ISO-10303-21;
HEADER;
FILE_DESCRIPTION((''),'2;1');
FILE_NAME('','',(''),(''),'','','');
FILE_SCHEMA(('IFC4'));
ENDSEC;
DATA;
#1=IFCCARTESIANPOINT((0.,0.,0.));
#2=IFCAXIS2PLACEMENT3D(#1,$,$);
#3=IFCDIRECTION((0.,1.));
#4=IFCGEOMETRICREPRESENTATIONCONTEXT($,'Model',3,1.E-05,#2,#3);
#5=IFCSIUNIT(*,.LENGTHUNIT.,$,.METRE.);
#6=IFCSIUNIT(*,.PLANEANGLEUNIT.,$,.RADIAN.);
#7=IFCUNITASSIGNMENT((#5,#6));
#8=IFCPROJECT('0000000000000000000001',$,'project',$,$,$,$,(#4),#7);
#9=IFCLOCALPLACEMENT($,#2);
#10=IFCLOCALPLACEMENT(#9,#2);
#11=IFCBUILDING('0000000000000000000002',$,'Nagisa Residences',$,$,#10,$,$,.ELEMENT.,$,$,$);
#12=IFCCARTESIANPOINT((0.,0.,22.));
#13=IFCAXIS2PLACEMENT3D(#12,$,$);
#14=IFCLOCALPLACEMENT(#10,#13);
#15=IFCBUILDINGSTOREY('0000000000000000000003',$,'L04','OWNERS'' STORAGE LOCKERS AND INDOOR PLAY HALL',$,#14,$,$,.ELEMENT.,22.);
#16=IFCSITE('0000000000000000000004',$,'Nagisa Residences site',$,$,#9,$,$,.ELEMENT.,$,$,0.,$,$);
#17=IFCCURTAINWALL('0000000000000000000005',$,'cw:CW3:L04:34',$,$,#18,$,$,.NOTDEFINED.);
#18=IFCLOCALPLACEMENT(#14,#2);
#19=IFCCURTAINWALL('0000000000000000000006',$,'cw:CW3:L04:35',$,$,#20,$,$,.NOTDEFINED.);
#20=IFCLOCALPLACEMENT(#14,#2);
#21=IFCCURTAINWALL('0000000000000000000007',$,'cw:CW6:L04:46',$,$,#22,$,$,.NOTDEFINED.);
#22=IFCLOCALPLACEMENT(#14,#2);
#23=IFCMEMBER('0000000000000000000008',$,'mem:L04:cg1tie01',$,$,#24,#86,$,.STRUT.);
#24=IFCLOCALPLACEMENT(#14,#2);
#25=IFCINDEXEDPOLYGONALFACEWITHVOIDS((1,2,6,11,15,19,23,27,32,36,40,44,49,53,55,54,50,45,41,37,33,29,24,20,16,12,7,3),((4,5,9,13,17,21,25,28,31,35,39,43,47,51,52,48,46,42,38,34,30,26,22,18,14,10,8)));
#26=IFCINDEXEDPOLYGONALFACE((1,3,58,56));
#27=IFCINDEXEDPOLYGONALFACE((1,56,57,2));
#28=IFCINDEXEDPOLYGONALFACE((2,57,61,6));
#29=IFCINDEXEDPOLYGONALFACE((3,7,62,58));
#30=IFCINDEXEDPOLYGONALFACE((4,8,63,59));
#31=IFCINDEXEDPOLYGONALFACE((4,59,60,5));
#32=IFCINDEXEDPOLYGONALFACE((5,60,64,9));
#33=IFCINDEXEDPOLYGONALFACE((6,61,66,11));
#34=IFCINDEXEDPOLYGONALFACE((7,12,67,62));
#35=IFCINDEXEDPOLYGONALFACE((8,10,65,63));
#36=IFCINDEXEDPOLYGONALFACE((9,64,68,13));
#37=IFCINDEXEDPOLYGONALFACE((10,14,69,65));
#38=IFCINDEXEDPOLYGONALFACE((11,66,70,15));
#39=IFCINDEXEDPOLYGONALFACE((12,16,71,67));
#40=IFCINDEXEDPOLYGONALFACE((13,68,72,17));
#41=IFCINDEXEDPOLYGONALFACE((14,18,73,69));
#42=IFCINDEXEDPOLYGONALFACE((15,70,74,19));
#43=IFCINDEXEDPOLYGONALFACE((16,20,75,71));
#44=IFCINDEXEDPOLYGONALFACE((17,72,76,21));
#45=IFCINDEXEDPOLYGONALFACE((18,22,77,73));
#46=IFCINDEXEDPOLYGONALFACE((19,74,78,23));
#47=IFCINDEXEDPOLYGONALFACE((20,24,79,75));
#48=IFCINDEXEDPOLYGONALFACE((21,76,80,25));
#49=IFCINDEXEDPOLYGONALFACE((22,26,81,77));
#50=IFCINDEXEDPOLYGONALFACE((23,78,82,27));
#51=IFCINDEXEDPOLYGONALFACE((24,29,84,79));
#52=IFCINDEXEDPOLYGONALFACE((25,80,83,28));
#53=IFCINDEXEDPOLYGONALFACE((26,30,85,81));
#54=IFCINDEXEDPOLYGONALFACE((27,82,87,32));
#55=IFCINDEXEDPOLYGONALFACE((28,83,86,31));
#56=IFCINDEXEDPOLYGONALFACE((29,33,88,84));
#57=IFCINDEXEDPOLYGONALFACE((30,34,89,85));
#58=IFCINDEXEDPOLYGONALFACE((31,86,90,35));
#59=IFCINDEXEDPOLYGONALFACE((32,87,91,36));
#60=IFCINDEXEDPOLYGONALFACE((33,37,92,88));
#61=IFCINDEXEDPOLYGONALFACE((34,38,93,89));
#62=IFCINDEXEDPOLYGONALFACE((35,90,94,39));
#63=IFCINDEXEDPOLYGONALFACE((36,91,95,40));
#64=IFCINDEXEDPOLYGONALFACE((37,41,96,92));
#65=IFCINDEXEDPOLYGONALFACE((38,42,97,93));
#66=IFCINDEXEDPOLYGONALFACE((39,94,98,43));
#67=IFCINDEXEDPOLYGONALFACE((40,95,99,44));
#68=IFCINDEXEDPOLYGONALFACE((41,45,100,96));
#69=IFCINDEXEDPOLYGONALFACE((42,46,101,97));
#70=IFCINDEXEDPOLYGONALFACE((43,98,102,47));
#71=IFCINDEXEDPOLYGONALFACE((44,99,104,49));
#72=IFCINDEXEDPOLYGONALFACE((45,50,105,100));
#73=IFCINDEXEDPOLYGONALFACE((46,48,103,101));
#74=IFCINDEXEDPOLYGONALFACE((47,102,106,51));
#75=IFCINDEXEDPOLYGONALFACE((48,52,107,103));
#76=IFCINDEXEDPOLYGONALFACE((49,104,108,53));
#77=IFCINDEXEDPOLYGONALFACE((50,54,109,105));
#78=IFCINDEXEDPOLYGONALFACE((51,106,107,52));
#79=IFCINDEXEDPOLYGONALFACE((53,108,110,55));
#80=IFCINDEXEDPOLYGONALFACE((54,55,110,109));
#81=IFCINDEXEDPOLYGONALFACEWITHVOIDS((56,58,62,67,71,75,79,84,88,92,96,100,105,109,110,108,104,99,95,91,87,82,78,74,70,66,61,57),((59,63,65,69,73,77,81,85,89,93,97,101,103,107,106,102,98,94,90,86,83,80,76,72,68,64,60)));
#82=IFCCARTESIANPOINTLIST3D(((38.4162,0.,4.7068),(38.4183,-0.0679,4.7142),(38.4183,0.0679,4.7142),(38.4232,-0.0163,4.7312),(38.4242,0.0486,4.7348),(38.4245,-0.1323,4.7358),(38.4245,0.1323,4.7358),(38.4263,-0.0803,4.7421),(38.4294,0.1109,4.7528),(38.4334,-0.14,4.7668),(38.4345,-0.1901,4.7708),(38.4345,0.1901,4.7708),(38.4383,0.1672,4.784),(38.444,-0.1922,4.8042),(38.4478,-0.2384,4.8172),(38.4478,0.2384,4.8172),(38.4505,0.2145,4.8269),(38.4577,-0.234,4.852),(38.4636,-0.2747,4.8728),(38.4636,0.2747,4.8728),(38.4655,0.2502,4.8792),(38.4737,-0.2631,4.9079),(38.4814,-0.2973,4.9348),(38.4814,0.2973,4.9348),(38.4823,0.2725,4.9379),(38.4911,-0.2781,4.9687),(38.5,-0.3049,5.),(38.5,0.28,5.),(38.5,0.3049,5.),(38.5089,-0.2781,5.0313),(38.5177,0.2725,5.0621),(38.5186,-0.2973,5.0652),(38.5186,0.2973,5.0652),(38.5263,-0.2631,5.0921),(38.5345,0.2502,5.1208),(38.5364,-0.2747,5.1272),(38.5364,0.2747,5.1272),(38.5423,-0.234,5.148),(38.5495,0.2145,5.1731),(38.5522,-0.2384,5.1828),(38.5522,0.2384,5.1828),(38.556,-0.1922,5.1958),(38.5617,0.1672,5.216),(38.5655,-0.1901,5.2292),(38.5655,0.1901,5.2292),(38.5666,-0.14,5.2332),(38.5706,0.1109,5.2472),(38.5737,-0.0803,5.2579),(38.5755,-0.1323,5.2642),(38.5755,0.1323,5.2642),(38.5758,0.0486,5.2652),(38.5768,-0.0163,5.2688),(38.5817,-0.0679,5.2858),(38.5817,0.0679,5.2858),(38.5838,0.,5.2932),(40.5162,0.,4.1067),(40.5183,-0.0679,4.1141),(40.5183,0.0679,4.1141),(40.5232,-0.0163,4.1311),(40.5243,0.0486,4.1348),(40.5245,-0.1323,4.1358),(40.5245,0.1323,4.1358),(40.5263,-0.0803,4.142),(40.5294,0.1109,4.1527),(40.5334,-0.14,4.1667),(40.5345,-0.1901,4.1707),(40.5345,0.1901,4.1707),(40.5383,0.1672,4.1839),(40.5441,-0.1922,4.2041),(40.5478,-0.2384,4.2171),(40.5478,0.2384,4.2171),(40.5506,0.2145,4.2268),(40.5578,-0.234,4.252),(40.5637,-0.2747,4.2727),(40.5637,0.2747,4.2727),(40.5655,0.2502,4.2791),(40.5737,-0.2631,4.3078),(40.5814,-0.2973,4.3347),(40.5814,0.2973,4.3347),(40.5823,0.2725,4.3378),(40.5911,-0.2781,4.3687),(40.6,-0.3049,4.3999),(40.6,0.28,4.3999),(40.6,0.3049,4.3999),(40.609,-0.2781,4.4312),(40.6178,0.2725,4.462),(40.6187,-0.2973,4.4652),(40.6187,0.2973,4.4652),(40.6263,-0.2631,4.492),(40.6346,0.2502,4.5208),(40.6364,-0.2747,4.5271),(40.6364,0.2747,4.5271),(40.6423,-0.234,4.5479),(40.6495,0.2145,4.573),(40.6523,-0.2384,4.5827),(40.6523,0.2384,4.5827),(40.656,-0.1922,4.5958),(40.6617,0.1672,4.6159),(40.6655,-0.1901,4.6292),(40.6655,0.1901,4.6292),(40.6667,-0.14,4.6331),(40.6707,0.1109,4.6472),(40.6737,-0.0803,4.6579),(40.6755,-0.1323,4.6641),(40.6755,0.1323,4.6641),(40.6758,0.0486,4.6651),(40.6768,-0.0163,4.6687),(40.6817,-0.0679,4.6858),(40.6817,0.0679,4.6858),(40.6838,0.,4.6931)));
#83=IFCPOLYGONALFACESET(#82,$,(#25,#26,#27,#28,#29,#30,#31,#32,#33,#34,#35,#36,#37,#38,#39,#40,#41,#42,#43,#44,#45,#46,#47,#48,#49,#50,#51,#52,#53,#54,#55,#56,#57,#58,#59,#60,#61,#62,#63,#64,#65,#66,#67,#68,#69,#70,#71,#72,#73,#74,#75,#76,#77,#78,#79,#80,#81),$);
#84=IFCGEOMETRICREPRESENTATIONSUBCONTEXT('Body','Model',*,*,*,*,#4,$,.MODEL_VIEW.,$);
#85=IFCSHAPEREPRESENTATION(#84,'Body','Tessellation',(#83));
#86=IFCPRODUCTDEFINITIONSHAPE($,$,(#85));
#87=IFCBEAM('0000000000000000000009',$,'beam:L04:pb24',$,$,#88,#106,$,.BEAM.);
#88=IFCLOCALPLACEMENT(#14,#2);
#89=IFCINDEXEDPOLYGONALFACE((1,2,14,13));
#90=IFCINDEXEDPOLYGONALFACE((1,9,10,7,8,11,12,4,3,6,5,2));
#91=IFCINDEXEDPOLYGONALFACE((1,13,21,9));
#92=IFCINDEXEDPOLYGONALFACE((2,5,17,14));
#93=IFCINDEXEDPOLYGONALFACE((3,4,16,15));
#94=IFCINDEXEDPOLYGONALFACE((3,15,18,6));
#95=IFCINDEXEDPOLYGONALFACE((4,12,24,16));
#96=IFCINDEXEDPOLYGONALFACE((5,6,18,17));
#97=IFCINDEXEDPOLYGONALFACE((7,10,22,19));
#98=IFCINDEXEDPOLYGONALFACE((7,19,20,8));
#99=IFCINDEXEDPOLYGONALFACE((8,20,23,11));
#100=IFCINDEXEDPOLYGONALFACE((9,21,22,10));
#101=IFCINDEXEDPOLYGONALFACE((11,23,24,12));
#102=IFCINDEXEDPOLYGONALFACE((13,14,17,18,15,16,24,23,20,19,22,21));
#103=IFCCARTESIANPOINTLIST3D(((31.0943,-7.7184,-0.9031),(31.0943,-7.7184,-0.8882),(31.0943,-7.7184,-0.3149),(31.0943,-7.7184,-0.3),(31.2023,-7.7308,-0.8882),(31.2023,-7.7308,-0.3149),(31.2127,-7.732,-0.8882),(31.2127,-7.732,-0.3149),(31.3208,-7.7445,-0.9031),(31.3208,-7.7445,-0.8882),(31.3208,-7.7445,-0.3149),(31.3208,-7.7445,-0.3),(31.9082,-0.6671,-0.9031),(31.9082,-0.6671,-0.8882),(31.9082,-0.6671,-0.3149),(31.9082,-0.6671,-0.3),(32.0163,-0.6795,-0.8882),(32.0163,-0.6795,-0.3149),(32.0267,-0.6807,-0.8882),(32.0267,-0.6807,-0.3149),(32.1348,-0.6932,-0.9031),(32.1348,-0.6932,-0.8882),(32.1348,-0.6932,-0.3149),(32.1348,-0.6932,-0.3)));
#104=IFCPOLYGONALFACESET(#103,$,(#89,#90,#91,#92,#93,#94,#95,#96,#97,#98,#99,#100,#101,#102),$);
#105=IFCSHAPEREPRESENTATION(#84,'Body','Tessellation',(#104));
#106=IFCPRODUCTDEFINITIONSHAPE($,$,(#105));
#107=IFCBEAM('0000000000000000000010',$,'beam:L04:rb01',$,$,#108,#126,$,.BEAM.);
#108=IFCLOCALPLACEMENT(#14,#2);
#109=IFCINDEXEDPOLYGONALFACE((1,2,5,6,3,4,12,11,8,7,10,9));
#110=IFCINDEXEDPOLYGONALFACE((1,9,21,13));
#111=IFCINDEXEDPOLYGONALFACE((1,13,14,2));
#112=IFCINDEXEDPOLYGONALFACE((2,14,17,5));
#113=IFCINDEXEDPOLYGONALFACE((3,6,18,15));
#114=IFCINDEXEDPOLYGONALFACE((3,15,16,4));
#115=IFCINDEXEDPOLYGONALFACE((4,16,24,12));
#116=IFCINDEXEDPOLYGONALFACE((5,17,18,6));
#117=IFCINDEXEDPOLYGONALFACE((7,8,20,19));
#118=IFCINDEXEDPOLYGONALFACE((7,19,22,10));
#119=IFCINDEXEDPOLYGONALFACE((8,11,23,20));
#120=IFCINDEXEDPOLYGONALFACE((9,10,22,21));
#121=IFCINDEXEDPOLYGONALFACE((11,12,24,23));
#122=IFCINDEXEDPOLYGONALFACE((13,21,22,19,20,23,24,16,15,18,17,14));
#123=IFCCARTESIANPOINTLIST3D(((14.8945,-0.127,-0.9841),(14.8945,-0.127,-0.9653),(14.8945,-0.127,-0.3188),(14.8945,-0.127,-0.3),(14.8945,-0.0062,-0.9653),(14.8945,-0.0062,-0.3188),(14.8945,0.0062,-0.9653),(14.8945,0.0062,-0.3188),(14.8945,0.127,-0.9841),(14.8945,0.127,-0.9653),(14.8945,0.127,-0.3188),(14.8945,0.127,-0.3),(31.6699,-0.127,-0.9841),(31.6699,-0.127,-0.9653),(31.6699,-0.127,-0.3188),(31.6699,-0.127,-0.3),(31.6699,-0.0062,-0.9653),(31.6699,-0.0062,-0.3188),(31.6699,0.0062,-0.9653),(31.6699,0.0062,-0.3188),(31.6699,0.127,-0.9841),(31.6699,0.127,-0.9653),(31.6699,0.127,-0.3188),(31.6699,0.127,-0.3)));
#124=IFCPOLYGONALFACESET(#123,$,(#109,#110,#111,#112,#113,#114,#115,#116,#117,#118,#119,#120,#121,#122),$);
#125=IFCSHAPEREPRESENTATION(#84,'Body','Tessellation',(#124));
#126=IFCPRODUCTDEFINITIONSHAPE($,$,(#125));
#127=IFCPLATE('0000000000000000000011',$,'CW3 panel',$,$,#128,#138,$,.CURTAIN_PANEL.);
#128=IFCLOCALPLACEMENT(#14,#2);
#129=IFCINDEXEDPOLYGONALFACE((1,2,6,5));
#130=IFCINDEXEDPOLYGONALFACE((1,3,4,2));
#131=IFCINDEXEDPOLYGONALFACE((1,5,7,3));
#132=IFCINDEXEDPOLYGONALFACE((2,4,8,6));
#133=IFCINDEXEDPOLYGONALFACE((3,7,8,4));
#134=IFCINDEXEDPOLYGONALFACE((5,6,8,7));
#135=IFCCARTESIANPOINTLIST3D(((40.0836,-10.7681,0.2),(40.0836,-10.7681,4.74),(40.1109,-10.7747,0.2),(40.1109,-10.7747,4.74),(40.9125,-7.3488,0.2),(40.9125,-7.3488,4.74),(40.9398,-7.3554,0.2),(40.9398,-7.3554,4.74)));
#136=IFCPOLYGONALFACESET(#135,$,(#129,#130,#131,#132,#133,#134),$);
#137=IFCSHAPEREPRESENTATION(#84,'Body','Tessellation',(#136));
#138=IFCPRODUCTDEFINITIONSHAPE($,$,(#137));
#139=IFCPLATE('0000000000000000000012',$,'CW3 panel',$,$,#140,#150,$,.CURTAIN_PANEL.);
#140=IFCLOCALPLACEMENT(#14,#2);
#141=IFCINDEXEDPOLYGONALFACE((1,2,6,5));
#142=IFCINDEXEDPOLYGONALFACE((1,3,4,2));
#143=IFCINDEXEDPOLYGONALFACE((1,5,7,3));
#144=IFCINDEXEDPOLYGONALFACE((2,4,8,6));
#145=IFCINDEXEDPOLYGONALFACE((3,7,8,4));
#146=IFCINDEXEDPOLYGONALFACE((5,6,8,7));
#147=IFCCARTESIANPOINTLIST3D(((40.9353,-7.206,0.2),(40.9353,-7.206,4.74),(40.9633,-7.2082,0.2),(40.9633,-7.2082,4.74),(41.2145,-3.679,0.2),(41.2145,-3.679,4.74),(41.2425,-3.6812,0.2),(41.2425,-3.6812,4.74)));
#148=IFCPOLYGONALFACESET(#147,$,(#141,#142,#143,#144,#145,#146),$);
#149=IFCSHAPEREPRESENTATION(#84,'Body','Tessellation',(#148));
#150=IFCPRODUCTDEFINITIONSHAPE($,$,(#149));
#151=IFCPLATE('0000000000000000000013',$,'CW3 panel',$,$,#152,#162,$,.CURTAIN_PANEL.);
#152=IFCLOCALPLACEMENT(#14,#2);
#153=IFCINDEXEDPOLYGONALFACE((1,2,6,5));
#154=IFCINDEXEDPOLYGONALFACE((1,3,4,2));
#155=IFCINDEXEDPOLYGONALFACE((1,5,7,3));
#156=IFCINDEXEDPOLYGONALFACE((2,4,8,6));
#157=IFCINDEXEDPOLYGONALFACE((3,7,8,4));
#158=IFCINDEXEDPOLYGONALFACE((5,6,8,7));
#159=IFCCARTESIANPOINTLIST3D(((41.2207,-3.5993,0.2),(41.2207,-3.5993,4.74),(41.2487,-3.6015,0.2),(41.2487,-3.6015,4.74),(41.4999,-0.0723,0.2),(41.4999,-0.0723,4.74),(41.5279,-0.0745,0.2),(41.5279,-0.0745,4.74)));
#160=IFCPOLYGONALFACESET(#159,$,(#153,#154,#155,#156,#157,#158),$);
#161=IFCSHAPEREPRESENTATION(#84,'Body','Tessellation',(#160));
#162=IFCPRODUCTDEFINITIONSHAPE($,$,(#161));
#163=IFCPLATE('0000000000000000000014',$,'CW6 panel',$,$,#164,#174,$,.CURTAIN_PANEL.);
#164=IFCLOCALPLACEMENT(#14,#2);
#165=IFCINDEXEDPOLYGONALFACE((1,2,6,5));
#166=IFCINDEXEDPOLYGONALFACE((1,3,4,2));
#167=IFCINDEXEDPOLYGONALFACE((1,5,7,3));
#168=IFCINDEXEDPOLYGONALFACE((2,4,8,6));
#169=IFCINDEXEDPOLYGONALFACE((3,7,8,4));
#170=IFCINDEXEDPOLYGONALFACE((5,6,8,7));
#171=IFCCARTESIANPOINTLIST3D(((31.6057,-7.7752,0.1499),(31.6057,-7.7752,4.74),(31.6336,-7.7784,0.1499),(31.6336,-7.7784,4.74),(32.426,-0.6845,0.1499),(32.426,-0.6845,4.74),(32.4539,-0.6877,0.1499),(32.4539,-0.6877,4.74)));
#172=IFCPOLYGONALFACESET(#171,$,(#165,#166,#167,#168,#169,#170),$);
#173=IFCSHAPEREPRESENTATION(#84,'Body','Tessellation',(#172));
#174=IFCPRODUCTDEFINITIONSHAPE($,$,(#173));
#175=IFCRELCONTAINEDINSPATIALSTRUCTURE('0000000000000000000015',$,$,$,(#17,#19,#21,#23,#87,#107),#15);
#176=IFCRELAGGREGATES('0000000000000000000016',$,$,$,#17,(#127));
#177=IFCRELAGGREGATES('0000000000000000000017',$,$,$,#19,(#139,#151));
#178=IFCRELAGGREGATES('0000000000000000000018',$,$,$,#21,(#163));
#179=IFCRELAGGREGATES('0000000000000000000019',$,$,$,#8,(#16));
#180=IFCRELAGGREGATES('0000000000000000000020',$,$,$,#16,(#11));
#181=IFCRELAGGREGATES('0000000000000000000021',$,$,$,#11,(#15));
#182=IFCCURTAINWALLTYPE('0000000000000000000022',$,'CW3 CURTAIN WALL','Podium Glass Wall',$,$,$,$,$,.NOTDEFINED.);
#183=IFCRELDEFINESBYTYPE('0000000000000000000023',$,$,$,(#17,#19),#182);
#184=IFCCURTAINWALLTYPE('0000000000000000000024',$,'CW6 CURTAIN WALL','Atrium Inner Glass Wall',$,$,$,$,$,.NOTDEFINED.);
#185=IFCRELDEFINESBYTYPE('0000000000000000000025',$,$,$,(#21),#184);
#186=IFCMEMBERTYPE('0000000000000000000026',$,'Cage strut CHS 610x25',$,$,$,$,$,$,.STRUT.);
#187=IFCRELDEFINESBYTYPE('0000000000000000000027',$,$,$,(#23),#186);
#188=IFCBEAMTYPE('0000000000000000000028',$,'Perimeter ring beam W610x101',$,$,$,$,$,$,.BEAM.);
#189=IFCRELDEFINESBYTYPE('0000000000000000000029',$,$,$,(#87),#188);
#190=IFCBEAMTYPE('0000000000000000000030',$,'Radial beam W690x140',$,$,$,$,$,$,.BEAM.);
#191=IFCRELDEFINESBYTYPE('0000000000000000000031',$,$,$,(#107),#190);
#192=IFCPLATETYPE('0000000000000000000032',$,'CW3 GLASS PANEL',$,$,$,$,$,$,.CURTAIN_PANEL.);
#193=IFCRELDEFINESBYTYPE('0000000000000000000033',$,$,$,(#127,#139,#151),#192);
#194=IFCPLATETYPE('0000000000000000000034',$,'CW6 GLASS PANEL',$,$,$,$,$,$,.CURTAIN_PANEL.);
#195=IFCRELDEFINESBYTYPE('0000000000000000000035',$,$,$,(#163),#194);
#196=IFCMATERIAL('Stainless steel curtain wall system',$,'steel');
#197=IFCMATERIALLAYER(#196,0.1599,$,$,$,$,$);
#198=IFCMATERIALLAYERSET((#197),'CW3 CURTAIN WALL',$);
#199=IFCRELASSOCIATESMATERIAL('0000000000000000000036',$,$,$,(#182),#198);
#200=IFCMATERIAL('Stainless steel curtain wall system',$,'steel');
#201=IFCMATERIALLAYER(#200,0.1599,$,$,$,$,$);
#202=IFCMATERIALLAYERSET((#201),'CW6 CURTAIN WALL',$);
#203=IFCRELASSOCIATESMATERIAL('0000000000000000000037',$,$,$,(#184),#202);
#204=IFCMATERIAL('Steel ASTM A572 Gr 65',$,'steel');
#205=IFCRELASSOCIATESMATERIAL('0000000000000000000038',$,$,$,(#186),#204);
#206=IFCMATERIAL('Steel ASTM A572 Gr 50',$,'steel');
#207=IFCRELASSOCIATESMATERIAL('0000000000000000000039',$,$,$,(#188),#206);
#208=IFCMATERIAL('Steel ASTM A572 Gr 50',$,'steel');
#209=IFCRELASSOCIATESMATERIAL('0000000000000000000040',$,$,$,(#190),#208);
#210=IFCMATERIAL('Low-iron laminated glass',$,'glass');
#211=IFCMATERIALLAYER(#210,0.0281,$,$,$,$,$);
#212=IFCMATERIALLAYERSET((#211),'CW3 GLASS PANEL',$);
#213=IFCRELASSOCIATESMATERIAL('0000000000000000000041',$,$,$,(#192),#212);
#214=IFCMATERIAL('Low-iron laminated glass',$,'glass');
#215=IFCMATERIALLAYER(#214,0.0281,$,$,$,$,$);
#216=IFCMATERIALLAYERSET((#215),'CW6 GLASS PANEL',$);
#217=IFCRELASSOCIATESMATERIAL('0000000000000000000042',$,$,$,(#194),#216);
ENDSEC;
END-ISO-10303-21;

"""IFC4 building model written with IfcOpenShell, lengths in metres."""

from ifc_helpers import new_model, si_unit, direction, frame, origin, origin_2d, place, context, subcontext, project, spatial, rectangle, hollow_circle, i_section, extrude, material, layer, layer_set, material_profile, profile_set, type_object, element, aggregate, save


model = new_model("IFC4")

# Units and contexts
model_context = context("Model", 3, precision=1e-05, world=origin(), true_north=direction((0.0, 1.0)))
body_context = subcontext(model_context, "Body", "Model", "MODEL_VIEW")
ifc_project = project(units=[si_unit("LENGTHUNIT", "METRE"), si_unit("PLANEANGLEUNIT", "RADIAN")], contexts=[model_context])

# Site, building, storey
site_placement = place(None, origin())
site = spatial("IfcSite", under=ifc_project, at=site_placement, Name="Nagisa Residences site", CompositionType="ELEMENT", RefElevation=0.0)
building_placement = place(site_placement, origin())
building = spatial("IfcBuilding", under=site, at=building_placement, Name="Nagisa Residences", CompositionType="ELEMENT")
storey_placement = place(building_placement, frame((0.0, 0.0, 22.0)))
storey = spatial("IfcBuildingStorey", under=building, at=storey_placement, Name="L04", Description="OWNERS' STORAGE LOCKERS AND INDOOR PLAY HALL", CompositionType="ELEMENT", Elevation=22.0)

# Curtain wall
ifc_material_1 = material(Name="Stainless steel curtain wall system", Category="steel")
ifc_layer_1 = layer(ifc_material_1, 0.1599)
ifc_layer_set_1 = layer_set([ifc_layer_1], Name="CW3 CURTAIN WALL")
curtain_wall_type_1 = type_object("IfcCurtainWallType", Name="CW3 CURTAIN WALL", Description="Podium Glass Wall", PredefinedType="NOTDEFINED", material=ifc_layer_set_1)
curtain_wall_1_placement = place(storey_placement, origin())
curtain_wall_1 = element("IfcCurtainWall", 1, at=curtain_wall_1_placement, inside=storey, type_object=curtain_wall_type_1, Name="cw:CW3:L04:34", PredefinedType="NOTDEFINED")

# Curtain wall
curtain_wall_2_placement = place(storey_placement, origin())
curtain_wall_2 = element("IfcCurtainWall", 2, at=curtain_wall_2_placement, inside=storey, type_object=curtain_wall_type_1, Name="cw:CW3:L04:35", PredefinedType="NOTDEFINED")

# Curtain wall
ifc_material_2 = material(Name="Stainless steel curtain wall system", Category="steel")
ifc_layer_2 = layer(ifc_material_2, 0.1599)
ifc_layer_set_2 = layer_set([ifc_layer_2], Name="CW6 CURTAIN WALL")
curtain_wall_type_2 = type_object("IfcCurtainWallType", Name="CW6 CURTAIN WALL", Description="Atrium Inner Glass Wall", PredefinedType="NOTDEFINED", material=ifc_layer_set_2)
curtain_wall_3_placement = place(storey_placement, origin())
curtain_wall_3 = element("IfcCurtainWall", 3, at=curtain_wall_3_placement, inside=storey, type_object=curtain_wall_type_2, Name="cw:CW6:L04:46", PredefinedType="NOTDEFINED")

# Member
ifc_material_3 = material(Name="Steel ASTM A572 Gr 65", Category="steel")
ifc_material_profile_1 = material_profile(ifc_material_3, hollow_circle(Radius=0.3049, WallThickness=0.0249, at=origin_2d()), Name="CHS 610x25")
ifc_profile_set_1 = profile_set([ifc_material_profile_1], Name="Steel ASTM A572 Gr 65")
member_type_1 = type_object("IfcMemberType", Name="Cage strut CHS 610x25", PredefinedType="STRUT", material=ifc_profile_set_1)
member_1_placement = place(storey_placement, frame((38.5, 0.0, 5.0), z_axis=(0.961516, 0.0, -0.274751), x_axis=(0.0, 1.0, 0.0)))
element("IfcMember", 4, at=member_1_placement, inside=storey, type_object=member_type_1, Name="mem:L04:cg1tie01", PredefinedType="STRUT", context=body_context, shape_type="SweptSolid", body=[
    extrude(hollow_circle(Radius=0.3049, WallThickness=0.0249, at=origin_2d()), origin(), (0.0, 0.0, 1.0), 2.1841),
])

# Beams
ifc_material_4 = material(Name="Steel ASTM A572 Gr 50", Category="steel")
ifc_material_profile_2 = material_profile(ifc_material_4, i_section(OverallWidth=0.228, OverallDepth=0.603, WebThickness=0.0105, FlangeThickness=0.0149, at=origin_2d()), Name="W610x101")
ifc_profile_set_2 = profile_set([ifc_material_profile_2], Name="Steel ASTM A572 Gr 50")
beam_type_1 = type_object("IfcBeamType", Name="Perimeter ring beam W610x101", PredefinedType="BEAM", material=ifc_profile_set_2)
beam_1_placement = place(storey_placement, frame((31.2075, -7.7314, -0.6016), z_axis=(0.114674, 0.993403, 0.0), x_axis=(-0.993403, 0.114674, 0.0)))
element("IfcBeam", 5, at=beam_1_placement, inside=storey, type_object=beam_type_1, Name="beam:L04:pb24", PredefinedType="BEAM", context=body_context, shape_type="SweptSolid", body=[
    extrude(i_section(OverallWidth=0.228, OverallDepth=0.603, WebThickness=0.0105, FlangeThickness=0.0149, at=origin_2d()), origin(), (0.0, 0.0, 1.0), 7.0981),
])
ifc_material_5 = material(Name="Steel ASTM A572 Gr 50", Category="steel")
ifc_material_profile_3 = material_profile(ifc_material_5, i_section(OverallWidth=0.2539, OverallDepth=0.6841, WebThickness=0.0125, FlangeThickness=0.0188, at=origin_2d()), Name="W690x140")
ifc_profile_set_3 = profile_set([ifc_material_profile_3], Name="Steel ASTM A572 Gr 50")
beam_type_2 = type_object("IfcBeamType", Name="Radial beam W690x140", PredefinedType="BEAM", material=ifc_profile_set_3)
beam_2_placement = place(storey_placement, frame((31.6699, 0.0, -0.6421), z_axis=(-1.0, 0.0, 0.0), x_axis=(0.0, -1.0, 0.0)))
element("IfcBeam", 6, at=beam_2_placement, inside=storey, type_object=beam_type_2, Name="beam:L04:rb01", PredefinedType="BEAM", context=body_context, shape_type="SweptSolid", body=[
    extrude(i_section(OverallWidth=0.2539, OverallDepth=0.6841, WebThickness=0.0125, FlangeThickness=0.0188, at=origin_2d()), origin(), (0.0, 0.0, 1.0), 16.7754),
])

# Plates
ifc_material_6 = material(Name="Low-iron laminated glass", Category="glass")
ifc_layer_3 = layer(ifc_material_6, 0.0281)
ifc_layer_set_3 = layer_set([ifc_layer_3], Name="CW3 GLASS PANEL")
plate_type_1 = type_object("IfcPlateType", Name="CW3 GLASS PANEL", PredefinedType="CURTAIN_PANEL", material=ifc_layer_set_3)
plate_1_placement = place(storey_placement, frame((40.5117, -9.0618, 0.2), z_axis=(0.0, 0.0, 1.0), x_axis=(0.235606, 0.971849, 0.0)))
plate_1 = element("IfcPlate", 7, at=plate_1_placement, type_object=plate_type_1, Name="CW3 panel", PredefinedType="CURTAIN_PANEL", context=body_context, shape_type="SweptSolid", body=[
    extrude(rectangle(XDim=3.5183, YDim=0.0281, at=origin_2d()), origin(), (0.0, 0.0, 1.0), 4.54),
])
aggregate(curtain_wall_1, [plate_1])
plate_2_placement = place(storey_placement, frame((41.0889, -5.4436, 0.2), z_axis=(0.0, 0.0, 1.0), x_axis=(0.07891, 0.996882, 0.0)))
plate_2 = element("IfcPlate", 8, at=plate_2_placement, type_object=plate_type_1, Name="CW3 panel", PredefinedType="CURTAIN_PANEL", context=body_context, shape_type="SweptSolid", body=[
    extrude(rectangle(XDim=3.5381, YDim=0.0281, at=origin_2d()), origin(), (0.0, 0.0, 1.0), 4.54),
])
plate_3_placement = place(storey_placement, frame((41.3743, -1.8369, 0.2), z_axis=(0.0, 0.0, 1.0), x_axis=(0.07891, 0.996882, 0.0)))
plate_3 = element("IfcPlate", 9, at=plate_3_placement, type_object=plate_type_1, Name="CW3 panel", PredefinedType="CURTAIN_PANEL", context=body_context, shape_type="SweptSolid", body=[
    extrude(rectangle(XDim=3.5381, YDim=0.0281, at=origin_2d()), origin(), (0.0, 0.0, 1.0), 4.54),
])
aggregate(curtain_wall_2, [plate_2, plate_3])
ifc_material_7 = material(Name="Low-iron laminated glass", Category="glass")
ifc_layer_4 = layer(ifc_material_7, 0.0281)
ifc_layer_set_4 = layer_set([ifc_layer_4], Name="CW6 GLASS PANEL")
plate_type_2 = type_object("IfcPlateType", Name="CW6 GLASS PANEL", PredefinedType="CURTAIN_PANEL", material=ifc_layer_set_4)
plate_4_placement = place(storey_placement, frame((32.0298, -4.2314, 0.1499), z_axis=(0.0, 0.0, 1.0), x_axis=(0.114928, 0.993374, 0.0)))
plate_4 = element("IfcPlate", 10, at=plate_4_placement, type_object=plate_type_2, Name="CW6 panel", PredefinedType="CURTAIN_PANEL", context=body_context, shape_type="SweptSolid", body=[
    extrude(rectangle(XDim=7.1379, YDim=0.0281, at=origin_2d()), origin(), (0.0, 0.0, 1.0), 4.5901),
])
aggregate(curtain_wall_3, [plate_4])

save(model, "model.ifc")
